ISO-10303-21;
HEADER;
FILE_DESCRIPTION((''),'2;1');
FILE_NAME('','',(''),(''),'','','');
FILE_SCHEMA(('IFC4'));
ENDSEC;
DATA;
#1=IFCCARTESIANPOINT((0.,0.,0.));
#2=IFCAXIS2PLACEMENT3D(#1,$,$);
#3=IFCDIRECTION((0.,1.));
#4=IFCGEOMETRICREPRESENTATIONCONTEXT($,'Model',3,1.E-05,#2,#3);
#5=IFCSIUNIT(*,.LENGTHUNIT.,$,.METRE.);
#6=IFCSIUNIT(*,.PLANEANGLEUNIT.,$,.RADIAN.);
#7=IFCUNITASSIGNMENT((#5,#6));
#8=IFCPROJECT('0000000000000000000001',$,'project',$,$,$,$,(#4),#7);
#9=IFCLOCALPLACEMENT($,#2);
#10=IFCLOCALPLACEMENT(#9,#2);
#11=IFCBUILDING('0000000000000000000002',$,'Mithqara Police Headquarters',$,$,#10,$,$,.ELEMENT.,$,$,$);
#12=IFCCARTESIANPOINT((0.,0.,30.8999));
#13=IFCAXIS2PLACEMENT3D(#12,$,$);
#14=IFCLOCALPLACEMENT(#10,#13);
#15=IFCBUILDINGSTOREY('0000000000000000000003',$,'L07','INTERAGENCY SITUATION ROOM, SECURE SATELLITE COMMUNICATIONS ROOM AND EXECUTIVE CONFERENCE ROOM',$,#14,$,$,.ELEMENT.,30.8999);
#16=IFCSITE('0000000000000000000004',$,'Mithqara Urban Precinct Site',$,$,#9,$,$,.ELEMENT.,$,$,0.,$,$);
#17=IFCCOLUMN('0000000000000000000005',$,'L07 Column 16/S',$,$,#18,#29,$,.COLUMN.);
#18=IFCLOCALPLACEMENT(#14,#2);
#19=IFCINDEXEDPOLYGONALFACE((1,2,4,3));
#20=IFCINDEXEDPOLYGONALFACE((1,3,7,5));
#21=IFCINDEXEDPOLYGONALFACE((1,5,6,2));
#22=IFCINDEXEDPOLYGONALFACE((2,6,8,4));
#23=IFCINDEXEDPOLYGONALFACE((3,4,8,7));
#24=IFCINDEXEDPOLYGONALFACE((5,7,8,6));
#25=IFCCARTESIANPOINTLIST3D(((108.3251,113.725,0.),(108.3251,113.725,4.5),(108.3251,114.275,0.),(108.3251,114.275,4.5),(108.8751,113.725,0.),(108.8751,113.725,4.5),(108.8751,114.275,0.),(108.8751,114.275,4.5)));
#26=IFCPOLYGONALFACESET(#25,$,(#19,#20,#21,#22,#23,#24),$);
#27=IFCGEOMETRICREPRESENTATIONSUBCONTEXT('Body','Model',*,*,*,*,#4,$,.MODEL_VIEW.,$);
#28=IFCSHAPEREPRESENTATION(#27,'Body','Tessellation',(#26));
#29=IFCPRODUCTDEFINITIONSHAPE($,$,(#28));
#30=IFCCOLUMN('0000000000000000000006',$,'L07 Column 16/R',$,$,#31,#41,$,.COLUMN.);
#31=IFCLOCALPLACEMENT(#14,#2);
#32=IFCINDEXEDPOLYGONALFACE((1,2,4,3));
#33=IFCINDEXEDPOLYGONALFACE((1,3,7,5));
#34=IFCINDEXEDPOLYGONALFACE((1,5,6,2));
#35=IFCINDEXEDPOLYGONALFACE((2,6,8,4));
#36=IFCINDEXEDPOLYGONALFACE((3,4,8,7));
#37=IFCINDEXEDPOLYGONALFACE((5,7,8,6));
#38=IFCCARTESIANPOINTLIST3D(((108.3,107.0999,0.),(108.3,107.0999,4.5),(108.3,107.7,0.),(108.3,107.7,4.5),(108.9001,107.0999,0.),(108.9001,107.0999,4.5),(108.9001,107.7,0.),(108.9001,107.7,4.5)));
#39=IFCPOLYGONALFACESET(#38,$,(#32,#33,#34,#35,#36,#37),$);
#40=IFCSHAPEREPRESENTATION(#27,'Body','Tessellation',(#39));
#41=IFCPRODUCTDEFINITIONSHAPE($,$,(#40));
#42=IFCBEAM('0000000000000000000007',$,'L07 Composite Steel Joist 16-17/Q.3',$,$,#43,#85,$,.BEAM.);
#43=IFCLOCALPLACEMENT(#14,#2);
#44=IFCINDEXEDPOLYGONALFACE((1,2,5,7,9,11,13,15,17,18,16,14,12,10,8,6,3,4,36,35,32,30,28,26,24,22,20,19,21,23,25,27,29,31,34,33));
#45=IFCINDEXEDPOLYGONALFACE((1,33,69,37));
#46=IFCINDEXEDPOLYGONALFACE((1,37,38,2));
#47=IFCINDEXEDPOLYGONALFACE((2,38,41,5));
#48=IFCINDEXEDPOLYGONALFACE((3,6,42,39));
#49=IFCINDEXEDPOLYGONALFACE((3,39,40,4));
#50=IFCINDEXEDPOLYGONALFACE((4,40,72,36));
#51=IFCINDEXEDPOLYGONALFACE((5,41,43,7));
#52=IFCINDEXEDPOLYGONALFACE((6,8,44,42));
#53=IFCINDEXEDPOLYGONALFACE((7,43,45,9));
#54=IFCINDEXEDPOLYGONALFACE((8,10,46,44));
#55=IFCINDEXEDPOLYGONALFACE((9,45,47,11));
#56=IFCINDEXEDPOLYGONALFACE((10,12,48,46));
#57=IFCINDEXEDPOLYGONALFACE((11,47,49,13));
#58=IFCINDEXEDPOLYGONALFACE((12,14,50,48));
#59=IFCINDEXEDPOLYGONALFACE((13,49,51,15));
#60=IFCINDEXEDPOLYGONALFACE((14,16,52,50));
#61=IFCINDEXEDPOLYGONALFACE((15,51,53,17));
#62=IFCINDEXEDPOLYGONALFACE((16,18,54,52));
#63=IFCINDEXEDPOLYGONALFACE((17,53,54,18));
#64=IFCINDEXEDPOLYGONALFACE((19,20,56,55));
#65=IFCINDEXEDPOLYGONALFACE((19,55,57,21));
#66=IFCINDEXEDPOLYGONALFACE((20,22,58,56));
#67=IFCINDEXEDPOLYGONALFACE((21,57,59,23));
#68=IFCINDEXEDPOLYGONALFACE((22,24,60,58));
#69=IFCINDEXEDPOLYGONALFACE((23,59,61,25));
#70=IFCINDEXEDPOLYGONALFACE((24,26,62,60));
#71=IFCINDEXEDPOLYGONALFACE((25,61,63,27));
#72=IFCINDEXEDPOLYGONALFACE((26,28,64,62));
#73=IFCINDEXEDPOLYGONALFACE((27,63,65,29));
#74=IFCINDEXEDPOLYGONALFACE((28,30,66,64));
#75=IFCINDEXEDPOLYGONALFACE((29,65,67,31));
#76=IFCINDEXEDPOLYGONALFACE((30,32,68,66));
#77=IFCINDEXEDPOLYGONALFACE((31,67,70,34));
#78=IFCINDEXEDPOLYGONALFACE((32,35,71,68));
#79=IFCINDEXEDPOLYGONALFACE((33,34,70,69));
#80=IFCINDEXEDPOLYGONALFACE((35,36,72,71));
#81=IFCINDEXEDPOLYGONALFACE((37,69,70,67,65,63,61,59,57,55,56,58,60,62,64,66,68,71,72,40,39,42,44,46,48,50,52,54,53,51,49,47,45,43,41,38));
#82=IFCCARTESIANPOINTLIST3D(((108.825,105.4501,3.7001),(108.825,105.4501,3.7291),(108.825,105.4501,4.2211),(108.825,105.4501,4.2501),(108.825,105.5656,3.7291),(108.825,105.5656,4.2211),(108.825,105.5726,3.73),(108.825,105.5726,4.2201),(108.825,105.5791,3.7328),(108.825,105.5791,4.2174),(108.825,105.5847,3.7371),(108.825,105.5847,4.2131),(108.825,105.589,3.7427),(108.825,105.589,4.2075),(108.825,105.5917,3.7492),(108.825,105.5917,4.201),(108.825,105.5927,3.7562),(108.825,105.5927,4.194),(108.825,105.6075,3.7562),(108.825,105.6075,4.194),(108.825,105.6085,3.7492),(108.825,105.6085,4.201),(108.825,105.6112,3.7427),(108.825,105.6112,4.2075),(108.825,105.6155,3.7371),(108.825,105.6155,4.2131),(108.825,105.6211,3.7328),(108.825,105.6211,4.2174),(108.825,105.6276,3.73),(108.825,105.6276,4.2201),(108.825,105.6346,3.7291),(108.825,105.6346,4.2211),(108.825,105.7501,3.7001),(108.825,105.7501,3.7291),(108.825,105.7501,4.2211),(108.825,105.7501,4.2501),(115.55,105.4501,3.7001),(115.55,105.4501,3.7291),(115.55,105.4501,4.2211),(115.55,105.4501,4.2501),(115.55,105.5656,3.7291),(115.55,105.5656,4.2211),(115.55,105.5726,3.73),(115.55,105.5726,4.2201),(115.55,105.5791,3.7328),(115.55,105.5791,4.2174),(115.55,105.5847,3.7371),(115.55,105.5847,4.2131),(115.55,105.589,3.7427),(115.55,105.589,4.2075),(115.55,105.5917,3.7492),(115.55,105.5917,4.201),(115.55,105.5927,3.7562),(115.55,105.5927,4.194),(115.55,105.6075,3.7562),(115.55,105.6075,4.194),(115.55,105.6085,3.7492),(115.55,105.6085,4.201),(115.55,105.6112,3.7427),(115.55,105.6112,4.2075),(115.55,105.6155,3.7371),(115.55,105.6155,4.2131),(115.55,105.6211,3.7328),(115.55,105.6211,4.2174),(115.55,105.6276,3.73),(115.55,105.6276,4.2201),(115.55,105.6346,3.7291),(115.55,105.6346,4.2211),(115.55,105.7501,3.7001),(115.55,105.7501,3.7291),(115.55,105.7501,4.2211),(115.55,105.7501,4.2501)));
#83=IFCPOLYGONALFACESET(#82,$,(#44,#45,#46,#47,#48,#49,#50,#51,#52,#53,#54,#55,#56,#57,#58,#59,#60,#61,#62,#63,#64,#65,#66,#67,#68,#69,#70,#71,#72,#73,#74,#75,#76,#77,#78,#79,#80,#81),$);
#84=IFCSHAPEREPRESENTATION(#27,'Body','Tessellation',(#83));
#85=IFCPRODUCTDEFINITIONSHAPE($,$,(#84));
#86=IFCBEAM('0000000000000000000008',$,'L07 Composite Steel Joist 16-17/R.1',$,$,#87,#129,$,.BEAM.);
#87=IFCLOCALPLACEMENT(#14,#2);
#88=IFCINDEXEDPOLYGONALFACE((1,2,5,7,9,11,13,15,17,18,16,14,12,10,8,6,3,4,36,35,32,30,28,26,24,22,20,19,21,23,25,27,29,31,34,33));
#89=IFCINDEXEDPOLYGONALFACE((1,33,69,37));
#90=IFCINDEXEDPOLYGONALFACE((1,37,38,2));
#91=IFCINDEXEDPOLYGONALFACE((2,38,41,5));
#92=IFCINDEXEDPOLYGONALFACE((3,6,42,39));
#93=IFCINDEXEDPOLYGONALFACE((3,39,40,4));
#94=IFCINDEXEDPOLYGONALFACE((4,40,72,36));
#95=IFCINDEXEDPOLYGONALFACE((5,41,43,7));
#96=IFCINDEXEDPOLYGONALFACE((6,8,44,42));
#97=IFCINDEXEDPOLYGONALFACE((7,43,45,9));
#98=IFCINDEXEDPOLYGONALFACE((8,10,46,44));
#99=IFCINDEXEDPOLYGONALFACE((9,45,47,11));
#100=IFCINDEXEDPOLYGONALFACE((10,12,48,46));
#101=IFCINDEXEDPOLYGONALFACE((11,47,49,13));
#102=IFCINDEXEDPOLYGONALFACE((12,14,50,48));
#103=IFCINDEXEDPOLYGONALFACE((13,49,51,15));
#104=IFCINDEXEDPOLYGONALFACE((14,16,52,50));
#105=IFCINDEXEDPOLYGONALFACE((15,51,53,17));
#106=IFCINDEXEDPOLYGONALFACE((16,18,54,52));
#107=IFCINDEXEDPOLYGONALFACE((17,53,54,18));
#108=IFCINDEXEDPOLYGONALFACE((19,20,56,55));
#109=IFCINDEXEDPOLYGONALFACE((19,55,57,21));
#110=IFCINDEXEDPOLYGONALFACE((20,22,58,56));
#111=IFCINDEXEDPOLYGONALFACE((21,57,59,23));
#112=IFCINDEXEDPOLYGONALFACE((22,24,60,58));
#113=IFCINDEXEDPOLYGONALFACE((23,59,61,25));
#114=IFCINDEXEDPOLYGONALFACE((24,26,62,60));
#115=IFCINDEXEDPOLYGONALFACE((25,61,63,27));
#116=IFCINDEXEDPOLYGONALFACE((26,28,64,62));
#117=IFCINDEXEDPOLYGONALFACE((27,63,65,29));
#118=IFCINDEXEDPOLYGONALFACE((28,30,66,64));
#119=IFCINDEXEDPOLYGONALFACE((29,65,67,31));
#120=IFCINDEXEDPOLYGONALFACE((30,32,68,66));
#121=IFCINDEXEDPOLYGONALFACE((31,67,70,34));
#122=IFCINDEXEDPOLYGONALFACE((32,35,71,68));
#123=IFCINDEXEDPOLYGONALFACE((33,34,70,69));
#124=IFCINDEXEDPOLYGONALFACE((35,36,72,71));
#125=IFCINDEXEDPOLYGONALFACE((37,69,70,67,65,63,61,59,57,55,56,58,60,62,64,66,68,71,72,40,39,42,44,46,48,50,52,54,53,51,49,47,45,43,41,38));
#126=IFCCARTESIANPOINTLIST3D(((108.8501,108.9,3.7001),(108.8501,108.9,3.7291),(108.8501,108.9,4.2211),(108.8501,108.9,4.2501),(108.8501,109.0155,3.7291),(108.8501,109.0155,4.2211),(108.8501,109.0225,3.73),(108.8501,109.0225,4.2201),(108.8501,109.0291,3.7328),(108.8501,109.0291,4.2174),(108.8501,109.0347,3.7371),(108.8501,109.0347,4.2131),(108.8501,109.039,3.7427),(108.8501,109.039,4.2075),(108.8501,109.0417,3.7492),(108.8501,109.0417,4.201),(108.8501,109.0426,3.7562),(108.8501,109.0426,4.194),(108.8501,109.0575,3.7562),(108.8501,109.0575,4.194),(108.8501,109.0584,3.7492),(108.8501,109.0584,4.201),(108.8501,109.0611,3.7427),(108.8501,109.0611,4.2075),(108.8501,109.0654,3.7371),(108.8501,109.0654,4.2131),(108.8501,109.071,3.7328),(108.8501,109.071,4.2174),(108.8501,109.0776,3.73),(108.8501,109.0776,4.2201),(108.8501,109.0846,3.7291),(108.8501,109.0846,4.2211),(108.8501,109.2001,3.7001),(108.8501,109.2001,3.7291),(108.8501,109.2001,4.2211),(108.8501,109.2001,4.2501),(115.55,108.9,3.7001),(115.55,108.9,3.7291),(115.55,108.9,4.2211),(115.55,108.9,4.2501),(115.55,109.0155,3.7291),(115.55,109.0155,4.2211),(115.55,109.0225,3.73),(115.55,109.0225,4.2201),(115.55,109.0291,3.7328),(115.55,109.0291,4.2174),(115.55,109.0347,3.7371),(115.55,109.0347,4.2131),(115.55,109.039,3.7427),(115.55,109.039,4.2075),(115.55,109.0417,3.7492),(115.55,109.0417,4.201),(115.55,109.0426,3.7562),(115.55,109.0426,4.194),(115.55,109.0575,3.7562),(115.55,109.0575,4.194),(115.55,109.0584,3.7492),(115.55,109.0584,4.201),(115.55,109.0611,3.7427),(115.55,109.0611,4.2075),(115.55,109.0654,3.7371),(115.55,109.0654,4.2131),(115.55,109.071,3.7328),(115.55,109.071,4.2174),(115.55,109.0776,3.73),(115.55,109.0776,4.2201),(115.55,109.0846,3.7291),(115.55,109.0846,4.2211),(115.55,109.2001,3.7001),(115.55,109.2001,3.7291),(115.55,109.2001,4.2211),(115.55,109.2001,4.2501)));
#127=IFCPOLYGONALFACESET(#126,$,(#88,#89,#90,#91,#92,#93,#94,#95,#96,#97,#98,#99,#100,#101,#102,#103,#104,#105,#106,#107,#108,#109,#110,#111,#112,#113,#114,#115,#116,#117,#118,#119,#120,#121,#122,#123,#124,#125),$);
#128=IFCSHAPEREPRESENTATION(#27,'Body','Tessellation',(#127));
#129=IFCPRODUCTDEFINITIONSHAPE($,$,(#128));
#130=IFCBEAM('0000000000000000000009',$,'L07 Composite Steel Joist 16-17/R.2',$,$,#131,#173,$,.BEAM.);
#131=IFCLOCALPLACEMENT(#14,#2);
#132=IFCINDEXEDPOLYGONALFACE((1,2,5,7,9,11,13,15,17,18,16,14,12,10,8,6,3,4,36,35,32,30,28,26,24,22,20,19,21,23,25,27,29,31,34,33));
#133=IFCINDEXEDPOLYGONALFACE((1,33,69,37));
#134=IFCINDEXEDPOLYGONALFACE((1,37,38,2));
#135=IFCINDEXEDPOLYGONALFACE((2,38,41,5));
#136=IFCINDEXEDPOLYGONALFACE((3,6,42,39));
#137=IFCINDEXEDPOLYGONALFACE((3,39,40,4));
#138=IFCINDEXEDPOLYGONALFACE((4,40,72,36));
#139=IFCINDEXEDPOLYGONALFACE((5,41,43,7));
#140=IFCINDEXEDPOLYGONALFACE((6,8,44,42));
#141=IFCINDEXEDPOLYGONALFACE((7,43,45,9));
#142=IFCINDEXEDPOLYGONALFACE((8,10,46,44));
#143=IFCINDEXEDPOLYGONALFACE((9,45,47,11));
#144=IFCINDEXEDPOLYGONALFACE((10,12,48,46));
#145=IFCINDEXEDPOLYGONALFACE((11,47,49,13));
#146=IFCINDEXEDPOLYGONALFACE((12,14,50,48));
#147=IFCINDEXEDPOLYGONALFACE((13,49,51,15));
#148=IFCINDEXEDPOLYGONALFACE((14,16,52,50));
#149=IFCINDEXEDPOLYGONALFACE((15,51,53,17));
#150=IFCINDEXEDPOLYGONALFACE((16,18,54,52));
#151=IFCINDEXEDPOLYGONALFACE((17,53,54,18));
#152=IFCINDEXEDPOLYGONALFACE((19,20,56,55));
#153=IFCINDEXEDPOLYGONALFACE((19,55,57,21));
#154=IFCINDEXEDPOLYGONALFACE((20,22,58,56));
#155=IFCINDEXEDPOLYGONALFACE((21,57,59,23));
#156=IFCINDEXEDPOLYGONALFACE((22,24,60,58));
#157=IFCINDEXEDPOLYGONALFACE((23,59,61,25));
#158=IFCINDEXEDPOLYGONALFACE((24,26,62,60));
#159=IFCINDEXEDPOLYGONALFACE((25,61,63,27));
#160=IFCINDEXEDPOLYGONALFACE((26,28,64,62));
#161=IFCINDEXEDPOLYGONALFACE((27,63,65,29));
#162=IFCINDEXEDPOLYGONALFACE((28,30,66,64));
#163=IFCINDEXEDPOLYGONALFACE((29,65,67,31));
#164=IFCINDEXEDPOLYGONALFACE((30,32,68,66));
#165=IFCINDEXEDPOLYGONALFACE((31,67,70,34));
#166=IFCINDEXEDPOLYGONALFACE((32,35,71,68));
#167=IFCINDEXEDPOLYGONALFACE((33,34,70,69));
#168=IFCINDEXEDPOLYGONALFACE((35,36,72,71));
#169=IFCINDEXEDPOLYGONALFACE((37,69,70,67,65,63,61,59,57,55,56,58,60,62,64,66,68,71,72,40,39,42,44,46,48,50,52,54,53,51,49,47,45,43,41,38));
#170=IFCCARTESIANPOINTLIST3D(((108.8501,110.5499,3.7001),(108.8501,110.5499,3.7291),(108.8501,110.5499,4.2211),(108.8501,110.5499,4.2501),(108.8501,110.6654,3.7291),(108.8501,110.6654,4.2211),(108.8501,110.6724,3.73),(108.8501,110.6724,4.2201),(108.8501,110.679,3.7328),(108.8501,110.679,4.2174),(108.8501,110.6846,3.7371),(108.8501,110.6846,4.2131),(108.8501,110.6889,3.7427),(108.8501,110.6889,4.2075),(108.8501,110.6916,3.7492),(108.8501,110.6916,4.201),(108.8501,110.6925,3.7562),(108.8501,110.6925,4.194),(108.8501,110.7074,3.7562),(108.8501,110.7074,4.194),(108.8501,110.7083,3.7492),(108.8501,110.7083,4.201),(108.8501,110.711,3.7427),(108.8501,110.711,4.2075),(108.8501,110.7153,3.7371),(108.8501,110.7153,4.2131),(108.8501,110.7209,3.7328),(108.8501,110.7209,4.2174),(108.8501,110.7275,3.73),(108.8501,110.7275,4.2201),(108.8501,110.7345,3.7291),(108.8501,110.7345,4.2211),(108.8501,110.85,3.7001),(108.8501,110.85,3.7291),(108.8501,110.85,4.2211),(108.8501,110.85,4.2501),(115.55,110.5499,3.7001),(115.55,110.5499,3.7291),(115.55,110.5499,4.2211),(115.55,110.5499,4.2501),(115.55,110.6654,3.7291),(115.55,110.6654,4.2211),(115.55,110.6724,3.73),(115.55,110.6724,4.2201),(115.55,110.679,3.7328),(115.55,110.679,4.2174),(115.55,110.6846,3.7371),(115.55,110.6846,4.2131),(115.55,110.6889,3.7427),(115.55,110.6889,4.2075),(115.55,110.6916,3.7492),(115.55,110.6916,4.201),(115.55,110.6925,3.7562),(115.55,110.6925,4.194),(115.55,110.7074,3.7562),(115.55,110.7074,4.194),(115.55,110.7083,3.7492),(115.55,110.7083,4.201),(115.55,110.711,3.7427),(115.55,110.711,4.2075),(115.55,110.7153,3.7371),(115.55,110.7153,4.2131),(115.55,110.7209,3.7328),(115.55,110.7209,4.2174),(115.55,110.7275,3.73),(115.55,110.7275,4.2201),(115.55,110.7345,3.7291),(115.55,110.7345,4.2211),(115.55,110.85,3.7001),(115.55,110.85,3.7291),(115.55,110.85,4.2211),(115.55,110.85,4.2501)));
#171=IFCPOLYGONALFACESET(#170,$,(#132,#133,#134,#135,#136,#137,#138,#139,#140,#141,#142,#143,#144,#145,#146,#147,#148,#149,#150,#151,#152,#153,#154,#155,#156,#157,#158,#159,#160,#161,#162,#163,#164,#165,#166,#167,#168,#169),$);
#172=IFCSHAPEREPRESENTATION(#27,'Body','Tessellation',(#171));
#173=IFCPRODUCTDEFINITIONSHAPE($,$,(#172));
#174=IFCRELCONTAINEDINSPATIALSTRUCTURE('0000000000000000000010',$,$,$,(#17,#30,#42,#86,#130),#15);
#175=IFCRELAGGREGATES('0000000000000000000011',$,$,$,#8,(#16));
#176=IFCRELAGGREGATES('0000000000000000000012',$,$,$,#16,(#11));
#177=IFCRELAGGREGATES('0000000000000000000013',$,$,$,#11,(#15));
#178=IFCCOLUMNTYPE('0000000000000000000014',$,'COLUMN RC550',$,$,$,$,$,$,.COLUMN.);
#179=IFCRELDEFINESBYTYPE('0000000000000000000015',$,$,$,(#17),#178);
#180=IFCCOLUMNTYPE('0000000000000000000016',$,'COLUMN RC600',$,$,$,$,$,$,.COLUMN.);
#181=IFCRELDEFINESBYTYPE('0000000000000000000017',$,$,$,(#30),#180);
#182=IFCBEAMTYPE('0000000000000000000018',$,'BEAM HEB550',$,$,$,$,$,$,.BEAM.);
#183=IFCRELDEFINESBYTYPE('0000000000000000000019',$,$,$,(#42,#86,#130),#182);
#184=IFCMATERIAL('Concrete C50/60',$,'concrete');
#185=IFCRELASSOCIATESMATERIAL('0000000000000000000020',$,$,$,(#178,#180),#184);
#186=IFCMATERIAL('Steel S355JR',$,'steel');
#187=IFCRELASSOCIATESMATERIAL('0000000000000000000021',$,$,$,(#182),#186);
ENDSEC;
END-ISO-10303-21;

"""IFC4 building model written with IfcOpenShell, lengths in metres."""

from ifc_helpers import new_model, si_unit, direction, frame, origin, origin_2d, place, context, subcontext, project, spatial, rectangle, i_section, extrude, material, material_profile, profile_set, type_object, element, save


model = new_model("IFC4")

# Units and contexts
model_context = context("Model", 3, precision=1e-05, world=origin(), true_north=direction((0.0, 1.0)))
body_context = subcontext(model_context, "Body", "Model", "MODEL_VIEW")
ifc_project = project(units=[si_unit("LENGTHUNIT", "METRE"), si_unit("PLANEANGLEUNIT", "RADIAN")], contexts=[model_context])

# Site, building, storey
site_placement = place(None, origin())
site = spatial("IfcSite", under=ifc_project, at=site_placement, Name="Mithqara Urban Precinct Site", CompositionType="ELEMENT", RefElevation=0.0)
building_placement = place(site_placement, origin())
building = spatial("IfcBuilding", under=site, at=building_placement, Name="Mithqara Police Headquarters", CompositionType="ELEMENT")
storey_placement = place(building_placement, frame((0.0, 0.0, 30.8999)))
storey = spatial("IfcBuildingStorey", under=building, at=storey_placement, Name="L07", Description="INTERAGENCY SITUATION ROOM, SECURE SATELLITE COMMUNICATIONS ROOM AND EXECUTIVE CONFERENCE ROOM", CompositionType="ELEMENT", Elevation=30.8999)

# Columns
ifc_material_1 = material(Name="Concrete C50/60", Category="concrete")
ifc_material_profile_1 = material_profile(ifc_material_1, rectangle(XDim=0.55, YDim=0.55, at=origin_2d()), Name="RC 550x550")
ifc_profile_set_1 = profile_set([ifc_material_profile_1], Name="Concrete C50/60")
column_type_1 = type_object("IfcColumnType", Name="COLUMN RC550", PredefinedType="COLUMN", material=ifc_profile_set_1)
column_1_placement = place(storey_placement, frame((108.6001, 114.0, 0.0), z_axis=(0.0, 0.0, 1.0), x_axis=(1.0, 0.0, 0.0)))
element("IfcColumn", 1, at=column_1_placement, inside=storey, type_object=column_type_1, Name="L07 Column 16/S", PredefinedType="COLUMN", context=body_context, shape_type="SweptSolid", body=[
    extrude(rectangle(XDim=0.55, YDim=0.55, at=origin_2d()), origin(), (0.0, 0.0, 1.0), 4.5),
])
ifc_material_profile_2 = material_profile(ifc_material_1, rectangle(XDim=0.6001, YDim=0.6001, at=origin_2d()), Name="RC 600x600")
ifc_profile_set_2 = profile_set([ifc_material_profile_2], Name="Concrete C50/60")
column_type_2 = type_object("IfcColumnType", Name="COLUMN RC600", PredefinedType="COLUMN", material=ifc_profile_set_2)
column_2_placement = place(storey_placement, frame((108.6001, 107.3999, 0.0), z_axis=(0.0, 0.0, 1.0), x_axis=(1.0, 0.0, 0.0)))
element("IfcColumn", 2, at=column_2_placement, inside=storey, type_object=column_type_2, Name="L07 Column 16/R", PredefinedType="COLUMN", context=body_context, shape_type="SweptSolid", body=[
    extrude(rectangle(XDim=0.6001, YDim=0.6001, at=origin_2d()), origin(), (0.0, 0.0, 1.0), 4.5),
])

# Beams
ifc_material_2 = material(Name="Steel S355JR", Category="steel")
ifc_material_profile_3 = material_profile(ifc_material_2, i_section(OverallWidth=0.3, OverallDepth=0.55, WebThickness=0.0149, FlangeThickness=0.0291, FilletRadius=0.0271, at=origin_2d()), Name="HEB 550")
ifc_profile_set_3 = profile_set([ifc_material_profile_3], Name="Steel S355JR")
beam_type_1 = type_object("IfcBeamType", Name="BEAM HEB550", PredefinedType="BEAM", material=ifc_profile_set_3)
beam_1_placement = place(storey_placement, frame((108.825, 105.6001, 3.9751), z_axis=(1.0, 0.0, 0.0), x_axis=(0.0, 1.0, 0.0)))
element("IfcBeam", 3, at=beam_1_placement, inside=storey, type_object=beam_type_1, Name="L07 Composite Steel Joist 16-17/Q.3", PredefinedType="BEAM", context=body_context, shape_type="SweptSolid", body=[
    extrude(i_section(OverallWidth=0.3, OverallDepth=0.55, WebThickness=0.0149, FlangeThickness=0.0291, FilletRadius=0.0271, at=origin_2d()), origin(), (0.0, 0.0, 1.0), 6.7251),
])
for number, where, z_axis, x_axis, name in (
    (4, (108.8501, 109.05, 3.9751), (1.0, 0.0, 0.0), (0.0, 1.0, 0.0), "L07 Composite Steel Joist 16-17/R.1"),
    (5, (108.8501, 110.7, 3.9751), (1.0, 0.0, 0.0), (0.0, 1.0, 0.0), "L07 Composite Steel Joist 16-17/R.2"),
):
    element("IfcBeam", number, at=place(storey_placement, frame(where, z_axis=z_axis, x_axis=x_axis)), inside=storey, type_object=beam_type_1, Name=name, PredefinedType="BEAM", context=body_context, shape_type="SweptSolid", body=[
        extrude(i_section(OverallWidth=0.3, OverallDepth=0.55, WebThickness=0.0149, FlangeThickness=0.0291, FilletRadius=0.0271, at=origin_2d()), origin(), (0.0, 0.0, 1.0), 6.7),
    ])

save(model, "model.ifc")
